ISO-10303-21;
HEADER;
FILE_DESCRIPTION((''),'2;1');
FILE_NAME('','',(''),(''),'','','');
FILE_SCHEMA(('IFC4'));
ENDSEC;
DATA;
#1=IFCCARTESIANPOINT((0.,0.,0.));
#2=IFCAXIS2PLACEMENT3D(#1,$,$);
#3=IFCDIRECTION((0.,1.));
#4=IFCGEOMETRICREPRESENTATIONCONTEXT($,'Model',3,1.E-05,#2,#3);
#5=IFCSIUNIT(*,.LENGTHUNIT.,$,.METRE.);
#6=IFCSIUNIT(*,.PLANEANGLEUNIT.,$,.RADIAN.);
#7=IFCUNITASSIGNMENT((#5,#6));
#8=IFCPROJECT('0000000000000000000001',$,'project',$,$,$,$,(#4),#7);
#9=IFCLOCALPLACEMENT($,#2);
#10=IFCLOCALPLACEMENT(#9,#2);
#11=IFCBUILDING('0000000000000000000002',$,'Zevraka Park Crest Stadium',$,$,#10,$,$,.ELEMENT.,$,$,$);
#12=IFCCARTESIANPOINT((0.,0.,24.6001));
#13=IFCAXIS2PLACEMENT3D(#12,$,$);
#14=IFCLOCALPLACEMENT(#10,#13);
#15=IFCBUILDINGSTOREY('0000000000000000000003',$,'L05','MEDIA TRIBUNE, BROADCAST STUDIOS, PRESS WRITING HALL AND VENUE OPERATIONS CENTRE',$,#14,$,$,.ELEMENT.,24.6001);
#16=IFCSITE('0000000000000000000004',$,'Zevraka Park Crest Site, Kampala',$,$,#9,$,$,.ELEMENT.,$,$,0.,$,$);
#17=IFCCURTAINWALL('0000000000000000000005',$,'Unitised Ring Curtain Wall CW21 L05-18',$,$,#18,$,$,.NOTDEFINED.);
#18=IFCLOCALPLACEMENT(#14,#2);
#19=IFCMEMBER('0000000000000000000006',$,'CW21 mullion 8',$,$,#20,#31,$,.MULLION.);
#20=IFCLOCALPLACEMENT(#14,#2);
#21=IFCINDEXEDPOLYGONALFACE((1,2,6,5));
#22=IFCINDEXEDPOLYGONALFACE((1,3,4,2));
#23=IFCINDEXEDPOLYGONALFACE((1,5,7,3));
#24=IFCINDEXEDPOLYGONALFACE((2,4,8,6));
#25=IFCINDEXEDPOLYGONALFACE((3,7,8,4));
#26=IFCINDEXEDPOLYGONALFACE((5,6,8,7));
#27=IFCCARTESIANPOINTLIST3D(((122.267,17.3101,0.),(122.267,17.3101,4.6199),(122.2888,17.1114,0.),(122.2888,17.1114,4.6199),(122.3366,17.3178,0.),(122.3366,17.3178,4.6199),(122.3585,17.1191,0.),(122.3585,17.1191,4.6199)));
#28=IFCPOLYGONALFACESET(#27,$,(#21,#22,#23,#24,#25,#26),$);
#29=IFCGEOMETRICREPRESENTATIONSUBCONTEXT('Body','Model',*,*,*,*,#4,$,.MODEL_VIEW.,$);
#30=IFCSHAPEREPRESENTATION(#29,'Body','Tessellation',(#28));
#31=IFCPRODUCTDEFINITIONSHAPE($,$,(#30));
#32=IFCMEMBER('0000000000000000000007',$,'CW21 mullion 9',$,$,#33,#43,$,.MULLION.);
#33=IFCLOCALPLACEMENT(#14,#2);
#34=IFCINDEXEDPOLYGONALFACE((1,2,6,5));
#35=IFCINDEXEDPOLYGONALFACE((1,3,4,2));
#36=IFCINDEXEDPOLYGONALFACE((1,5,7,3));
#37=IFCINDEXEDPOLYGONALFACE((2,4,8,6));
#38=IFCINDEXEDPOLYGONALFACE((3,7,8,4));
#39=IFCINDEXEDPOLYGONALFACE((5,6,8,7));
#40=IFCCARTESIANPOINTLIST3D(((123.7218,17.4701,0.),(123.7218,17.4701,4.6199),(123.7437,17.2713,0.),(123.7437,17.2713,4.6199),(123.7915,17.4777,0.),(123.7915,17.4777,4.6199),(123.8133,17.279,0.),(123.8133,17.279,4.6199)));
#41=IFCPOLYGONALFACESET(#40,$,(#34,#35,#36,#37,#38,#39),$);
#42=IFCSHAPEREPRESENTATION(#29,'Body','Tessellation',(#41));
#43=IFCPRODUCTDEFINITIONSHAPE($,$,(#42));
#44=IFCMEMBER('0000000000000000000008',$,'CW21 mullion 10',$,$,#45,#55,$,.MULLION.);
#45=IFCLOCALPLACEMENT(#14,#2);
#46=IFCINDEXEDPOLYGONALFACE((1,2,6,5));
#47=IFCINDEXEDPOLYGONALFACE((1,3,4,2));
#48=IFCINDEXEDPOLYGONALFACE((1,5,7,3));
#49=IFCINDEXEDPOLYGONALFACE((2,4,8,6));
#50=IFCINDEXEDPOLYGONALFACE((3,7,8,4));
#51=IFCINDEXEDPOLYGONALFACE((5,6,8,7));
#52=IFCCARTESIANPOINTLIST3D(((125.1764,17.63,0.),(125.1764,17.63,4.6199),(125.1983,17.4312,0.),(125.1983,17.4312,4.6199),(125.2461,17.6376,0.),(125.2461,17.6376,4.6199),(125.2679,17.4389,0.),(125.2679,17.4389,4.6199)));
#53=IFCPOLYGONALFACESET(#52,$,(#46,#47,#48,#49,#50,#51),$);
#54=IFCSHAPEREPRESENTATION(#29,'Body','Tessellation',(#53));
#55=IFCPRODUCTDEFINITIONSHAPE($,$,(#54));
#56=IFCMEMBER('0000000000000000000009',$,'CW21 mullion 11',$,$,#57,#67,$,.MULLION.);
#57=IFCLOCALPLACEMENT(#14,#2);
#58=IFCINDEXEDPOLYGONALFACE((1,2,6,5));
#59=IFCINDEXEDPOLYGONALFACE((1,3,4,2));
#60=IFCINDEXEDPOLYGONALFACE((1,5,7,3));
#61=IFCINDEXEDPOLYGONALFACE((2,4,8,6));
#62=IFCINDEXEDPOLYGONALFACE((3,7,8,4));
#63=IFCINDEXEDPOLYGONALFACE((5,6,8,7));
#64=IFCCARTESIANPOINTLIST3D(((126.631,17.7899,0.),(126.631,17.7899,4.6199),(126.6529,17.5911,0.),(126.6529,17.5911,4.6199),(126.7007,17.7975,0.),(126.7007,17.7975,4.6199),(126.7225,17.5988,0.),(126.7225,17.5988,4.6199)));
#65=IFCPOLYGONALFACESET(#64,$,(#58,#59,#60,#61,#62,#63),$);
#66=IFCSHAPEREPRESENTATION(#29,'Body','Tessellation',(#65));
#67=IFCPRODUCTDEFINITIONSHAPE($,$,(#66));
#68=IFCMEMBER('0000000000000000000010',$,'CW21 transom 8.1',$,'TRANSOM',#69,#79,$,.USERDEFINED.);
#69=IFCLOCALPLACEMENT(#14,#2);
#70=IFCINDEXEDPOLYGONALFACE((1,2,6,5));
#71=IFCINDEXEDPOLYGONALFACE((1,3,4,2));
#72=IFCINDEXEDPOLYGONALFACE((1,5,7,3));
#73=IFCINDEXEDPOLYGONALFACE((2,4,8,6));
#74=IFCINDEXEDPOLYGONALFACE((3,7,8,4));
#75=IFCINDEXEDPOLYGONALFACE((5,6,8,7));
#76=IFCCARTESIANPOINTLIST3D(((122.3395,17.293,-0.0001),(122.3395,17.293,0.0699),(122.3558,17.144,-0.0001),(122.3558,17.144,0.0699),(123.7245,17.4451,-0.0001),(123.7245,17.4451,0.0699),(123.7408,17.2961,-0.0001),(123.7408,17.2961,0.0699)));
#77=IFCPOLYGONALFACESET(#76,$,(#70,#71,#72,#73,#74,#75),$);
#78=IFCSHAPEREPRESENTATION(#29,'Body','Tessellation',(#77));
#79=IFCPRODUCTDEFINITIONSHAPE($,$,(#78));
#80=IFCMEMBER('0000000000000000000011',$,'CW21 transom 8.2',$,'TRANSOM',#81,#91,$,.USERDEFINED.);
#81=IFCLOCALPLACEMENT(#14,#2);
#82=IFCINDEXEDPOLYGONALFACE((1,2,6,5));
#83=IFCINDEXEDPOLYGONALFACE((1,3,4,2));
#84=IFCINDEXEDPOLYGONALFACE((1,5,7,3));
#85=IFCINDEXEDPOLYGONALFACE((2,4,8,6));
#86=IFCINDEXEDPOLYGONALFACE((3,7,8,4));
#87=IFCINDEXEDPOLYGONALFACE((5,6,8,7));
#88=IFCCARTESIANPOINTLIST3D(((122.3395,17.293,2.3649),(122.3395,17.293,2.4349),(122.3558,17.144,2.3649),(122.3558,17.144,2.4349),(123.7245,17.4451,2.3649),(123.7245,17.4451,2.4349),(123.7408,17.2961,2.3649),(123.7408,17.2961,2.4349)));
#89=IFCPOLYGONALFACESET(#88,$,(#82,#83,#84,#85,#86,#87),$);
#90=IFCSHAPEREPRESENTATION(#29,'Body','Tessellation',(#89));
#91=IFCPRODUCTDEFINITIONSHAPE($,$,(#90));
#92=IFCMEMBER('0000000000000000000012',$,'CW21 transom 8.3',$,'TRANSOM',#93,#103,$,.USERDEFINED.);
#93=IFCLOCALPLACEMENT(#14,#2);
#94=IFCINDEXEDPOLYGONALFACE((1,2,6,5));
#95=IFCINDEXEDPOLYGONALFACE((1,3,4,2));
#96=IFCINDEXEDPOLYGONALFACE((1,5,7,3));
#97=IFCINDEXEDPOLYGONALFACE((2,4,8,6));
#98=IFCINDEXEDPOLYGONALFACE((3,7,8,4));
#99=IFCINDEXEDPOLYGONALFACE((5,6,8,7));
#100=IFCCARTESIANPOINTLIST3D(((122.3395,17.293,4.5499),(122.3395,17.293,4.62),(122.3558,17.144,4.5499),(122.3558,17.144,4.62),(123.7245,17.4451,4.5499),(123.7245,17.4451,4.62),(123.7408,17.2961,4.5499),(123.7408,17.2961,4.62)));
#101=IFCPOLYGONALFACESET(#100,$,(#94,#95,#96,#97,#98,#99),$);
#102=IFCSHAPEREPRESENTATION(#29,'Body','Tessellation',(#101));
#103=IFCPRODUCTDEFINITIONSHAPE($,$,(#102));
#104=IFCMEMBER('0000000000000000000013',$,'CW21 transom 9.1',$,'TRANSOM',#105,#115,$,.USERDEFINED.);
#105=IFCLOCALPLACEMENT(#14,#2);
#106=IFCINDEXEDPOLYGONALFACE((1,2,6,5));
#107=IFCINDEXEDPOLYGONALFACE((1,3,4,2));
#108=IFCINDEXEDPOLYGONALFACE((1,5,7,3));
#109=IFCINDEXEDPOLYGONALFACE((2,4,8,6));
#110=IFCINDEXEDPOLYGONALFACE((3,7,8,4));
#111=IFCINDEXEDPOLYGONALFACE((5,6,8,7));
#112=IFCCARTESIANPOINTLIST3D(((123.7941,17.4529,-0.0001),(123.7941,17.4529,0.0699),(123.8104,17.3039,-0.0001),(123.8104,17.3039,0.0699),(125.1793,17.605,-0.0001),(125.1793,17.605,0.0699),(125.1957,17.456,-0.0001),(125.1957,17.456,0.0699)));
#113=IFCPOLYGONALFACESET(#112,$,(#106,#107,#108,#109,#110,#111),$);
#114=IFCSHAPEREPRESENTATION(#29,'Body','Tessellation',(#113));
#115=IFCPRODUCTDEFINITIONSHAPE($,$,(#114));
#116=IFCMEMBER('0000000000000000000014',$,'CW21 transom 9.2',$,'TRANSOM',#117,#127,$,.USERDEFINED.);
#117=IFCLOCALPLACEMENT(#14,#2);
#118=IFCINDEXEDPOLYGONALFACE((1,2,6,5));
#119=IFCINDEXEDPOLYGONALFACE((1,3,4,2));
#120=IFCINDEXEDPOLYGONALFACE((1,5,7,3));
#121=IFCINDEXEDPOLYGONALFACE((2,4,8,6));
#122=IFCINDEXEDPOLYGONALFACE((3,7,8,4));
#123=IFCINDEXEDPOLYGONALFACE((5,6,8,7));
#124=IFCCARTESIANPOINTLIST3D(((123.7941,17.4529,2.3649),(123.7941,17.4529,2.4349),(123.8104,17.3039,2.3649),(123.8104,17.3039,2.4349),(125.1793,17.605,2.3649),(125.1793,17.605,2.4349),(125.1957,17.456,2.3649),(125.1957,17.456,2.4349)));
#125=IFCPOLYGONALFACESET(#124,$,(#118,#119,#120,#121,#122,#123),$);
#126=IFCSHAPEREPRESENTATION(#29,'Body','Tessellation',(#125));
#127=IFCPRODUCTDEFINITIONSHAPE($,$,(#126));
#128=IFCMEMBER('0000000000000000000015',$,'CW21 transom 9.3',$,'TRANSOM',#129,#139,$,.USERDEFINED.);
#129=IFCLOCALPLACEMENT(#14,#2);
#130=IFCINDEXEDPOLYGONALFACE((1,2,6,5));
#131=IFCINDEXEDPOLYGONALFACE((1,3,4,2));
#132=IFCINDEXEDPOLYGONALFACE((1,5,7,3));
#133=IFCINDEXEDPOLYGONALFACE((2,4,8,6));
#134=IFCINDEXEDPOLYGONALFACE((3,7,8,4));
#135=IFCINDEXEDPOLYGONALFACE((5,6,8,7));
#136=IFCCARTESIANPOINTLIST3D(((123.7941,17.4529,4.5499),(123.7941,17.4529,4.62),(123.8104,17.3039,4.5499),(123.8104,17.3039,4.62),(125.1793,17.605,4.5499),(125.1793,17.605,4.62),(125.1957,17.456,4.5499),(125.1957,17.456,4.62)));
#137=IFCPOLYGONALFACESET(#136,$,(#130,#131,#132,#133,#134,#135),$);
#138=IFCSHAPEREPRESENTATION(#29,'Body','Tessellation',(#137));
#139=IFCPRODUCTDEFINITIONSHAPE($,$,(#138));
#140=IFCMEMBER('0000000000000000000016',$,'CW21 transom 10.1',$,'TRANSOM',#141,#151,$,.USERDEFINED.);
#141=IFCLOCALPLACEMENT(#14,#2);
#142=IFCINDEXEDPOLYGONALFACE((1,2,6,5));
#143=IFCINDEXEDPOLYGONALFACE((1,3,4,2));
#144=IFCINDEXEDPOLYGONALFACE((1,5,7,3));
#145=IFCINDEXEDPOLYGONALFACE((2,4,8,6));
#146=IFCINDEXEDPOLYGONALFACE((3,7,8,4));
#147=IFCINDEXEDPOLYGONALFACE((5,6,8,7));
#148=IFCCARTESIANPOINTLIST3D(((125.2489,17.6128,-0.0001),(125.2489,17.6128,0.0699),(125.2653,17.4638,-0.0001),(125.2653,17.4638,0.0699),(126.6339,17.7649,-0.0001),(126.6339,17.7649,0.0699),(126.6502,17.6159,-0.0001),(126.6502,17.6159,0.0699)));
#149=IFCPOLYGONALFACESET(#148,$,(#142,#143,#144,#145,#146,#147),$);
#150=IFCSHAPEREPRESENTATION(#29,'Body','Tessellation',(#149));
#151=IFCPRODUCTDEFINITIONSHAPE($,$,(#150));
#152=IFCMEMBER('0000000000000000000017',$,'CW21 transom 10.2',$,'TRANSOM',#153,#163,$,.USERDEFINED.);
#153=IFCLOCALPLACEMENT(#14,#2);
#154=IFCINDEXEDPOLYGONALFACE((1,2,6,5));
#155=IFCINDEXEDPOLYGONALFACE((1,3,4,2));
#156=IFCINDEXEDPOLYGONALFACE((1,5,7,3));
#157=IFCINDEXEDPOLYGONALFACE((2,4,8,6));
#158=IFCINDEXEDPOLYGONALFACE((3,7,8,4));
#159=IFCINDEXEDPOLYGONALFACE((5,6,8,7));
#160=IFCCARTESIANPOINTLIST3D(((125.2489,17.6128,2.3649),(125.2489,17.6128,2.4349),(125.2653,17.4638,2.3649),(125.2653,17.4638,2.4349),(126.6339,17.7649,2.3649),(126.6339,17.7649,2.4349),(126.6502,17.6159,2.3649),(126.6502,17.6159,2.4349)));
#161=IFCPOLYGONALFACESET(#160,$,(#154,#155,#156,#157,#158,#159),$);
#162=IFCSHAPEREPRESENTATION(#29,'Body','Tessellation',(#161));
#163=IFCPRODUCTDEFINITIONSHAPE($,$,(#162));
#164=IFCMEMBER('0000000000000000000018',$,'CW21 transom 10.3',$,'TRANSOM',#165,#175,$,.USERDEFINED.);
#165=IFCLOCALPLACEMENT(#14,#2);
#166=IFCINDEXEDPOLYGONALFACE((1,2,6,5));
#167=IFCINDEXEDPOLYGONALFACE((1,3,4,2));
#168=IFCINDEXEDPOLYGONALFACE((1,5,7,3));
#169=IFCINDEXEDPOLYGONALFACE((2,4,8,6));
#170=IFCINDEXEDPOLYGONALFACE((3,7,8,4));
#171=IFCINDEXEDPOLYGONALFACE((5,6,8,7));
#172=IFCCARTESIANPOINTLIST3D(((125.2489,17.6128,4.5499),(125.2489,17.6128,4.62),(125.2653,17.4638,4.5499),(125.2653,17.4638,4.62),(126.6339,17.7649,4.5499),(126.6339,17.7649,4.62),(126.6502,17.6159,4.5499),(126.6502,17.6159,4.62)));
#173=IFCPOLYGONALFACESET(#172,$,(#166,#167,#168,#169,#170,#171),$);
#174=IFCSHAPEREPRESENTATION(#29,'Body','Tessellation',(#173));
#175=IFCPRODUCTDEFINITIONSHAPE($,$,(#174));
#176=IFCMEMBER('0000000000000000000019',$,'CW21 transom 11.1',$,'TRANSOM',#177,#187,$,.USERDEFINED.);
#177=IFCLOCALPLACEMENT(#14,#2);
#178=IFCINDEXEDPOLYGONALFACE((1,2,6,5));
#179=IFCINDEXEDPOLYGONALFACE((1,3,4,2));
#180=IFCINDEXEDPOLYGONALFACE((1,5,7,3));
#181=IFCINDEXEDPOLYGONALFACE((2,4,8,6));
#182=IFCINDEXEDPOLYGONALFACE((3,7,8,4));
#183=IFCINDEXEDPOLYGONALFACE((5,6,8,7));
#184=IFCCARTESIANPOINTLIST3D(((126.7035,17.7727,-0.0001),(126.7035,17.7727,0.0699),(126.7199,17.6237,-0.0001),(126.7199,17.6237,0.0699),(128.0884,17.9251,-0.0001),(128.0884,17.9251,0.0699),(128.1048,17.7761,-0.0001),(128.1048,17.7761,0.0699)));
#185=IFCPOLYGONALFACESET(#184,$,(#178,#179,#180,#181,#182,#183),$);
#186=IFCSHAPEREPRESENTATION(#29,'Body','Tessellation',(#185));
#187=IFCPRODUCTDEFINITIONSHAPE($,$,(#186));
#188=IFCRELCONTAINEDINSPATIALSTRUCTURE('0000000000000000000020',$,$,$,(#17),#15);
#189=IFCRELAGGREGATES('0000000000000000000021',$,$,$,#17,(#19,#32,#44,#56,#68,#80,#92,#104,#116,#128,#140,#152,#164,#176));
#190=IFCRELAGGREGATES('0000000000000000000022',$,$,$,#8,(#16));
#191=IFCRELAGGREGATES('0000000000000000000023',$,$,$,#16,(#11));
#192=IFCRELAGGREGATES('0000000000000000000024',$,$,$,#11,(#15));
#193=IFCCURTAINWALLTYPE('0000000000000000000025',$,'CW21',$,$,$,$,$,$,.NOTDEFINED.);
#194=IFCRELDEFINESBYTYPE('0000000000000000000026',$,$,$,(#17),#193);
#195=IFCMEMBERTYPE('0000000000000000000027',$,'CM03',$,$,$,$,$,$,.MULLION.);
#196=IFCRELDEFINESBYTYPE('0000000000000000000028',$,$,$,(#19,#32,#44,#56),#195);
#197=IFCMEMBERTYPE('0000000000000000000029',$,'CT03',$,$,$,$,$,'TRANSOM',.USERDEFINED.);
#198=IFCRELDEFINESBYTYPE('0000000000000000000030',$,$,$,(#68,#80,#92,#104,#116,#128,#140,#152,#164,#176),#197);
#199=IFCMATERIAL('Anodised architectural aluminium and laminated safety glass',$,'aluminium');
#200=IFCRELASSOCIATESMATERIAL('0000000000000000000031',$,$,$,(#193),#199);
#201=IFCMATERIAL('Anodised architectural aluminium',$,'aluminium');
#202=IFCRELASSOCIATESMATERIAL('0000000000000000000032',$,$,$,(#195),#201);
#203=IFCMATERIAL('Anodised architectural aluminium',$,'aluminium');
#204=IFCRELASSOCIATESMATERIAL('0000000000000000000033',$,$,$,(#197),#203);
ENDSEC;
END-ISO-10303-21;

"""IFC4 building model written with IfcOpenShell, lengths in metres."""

from ifc_helpers import new_model, si_unit, direction, frame, origin, origin_2d, place, context, subcontext, project, spatial, rectangle, extrude, material, material_profile, profile_set, type_object, element, aggregate, save


model = new_model("IFC4")

# Units and contexts
model_context = context("Model", 3, precision=1e-05, world=origin(), true_north=direction((0.0, 1.0)))
body_context = subcontext(model_context, "Body", "Model", "MODEL_VIEW")
ifc_project = project(units=[si_unit("LENGTHUNIT", "METRE"), si_unit("PLANEANGLEUNIT", "RADIAN")], contexts=[model_context])

# Site, building, storey
site_placement = place(None, origin())
site = spatial("IfcSite", under=ifc_project, at=site_placement, Name="Zevraka Park Crest Site, Kampala", CompositionType="ELEMENT", RefElevation=0.0)
building_placement = place(site_placement, origin())
building = spatial("IfcBuilding", under=site, at=building_placement, Name="Zevraka Park Crest Stadium", CompositionType="ELEMENT")
storey_placement = place(building_placement, frame((0.0, 0.0, 24.6001)))
storey = spatial("IfcBuildingStorey", under=building, at=storey_placement, Name="L05", Description="MEDIA TRIBUNE, BROADCAST STUDIOS, PRESS WRITING HALL AND VENUE OPERATIONS CENTRE", CompositionType="ELEMENT", Elevation=24.6001)

# Curtain wall, members
ifc_material_1 = material(Name="Anodised architectural aluminium and laminated safety glass", Category="aluminium")
curtain_wall_type = type_object("IfcCurtainWallType", Name="CW21", PredefinedType="NOTDEFINED", material=ifc_material_1)
curtain_wall_placement = place(storey_placement, origin())
curtain_wall = element("IfcCurtainWall", 1, at=curtain_wall_placement, inside=storey, type_object=curtain_wall_type, Name="Unitised Ring Curtain Wall CW21 L05-18", PredefinedType="NOTDEFINED")
ifc_material_2 = material(Name="Anodised architectural aluminium", Category="aluminium")
ifc_material_profile_1 = material_profile(ifc_material_2, rectangle(XDim=0.2, YDim=0.0701, at=origin_2d()), Name="ALU MULLION 200x70")
ifc_profile_set_1 = profile_set([ifc_material_profile_1], Name="Anodised architectural aluminium")
member_type_1 = type_object("IfcMemberType", Name="CM03", PredefinedType="MULLION", material=ifc_profile_set_1)
member_1_placement = place(storey_placement, frame((122.3127, 17.2146, 0.0), z_axis=(0.0, 0.0, 1.0), x_axis=(-0.109288, 0.99401, 0.0)))
member_1 = element("IfcMember", 2, at=member_1_placement, type_object=member_type_1, Name="CW21 mullion 8", PredefinedType="MULLION", context=body_context, shape_type="SweptSolid", body=[
    extrude(rectangle(XDim=0.2, YDim=0.0701, at=origin_2d()), origin(), (0.0, 0.0, 1.0), 4.6199),
])
member_2_placement = place(storey_placement, frame((123.7676, 17.3745, 0.0), z_axis=(0.0, 0.0, 1.0), x_axis=(-0.109288, 0.99401, 0.0)))
member_2 = element("IfcMember", 3, at=member_2_placement, type_object=member_type_1, Name="CW21 mullion 9", PredefinedType="MULLION", context=body_context, shape_type="SweptSolid", body=[
    extrude(rectangle(XDim=0.2, YDim=0.0701, at=origin_2d()), origin(), (0.0, 0.0, 1.0), 4.6199),
])
member_3_placement = place(storey_placement, frame((125.2222, 17.5344, 0.0), z_axis=(0.0, 0.0, 1.0), x_axis=(-0.109288, 0.99401, 0.0)))
member_3 = element("IfcMember", 4, at=member_3_placement, type_object=member_type_1, Name="CW21 mullion 10", PredefinedType="MULLION", context=body_context, shape_type="SweptSolid", body=[
    extrude(rectangle(XDim=0.2, YDim=0.0701, at=origin_2d()), origin(), (0.0, 0.0, 1.0), 4.6199),
])
member_4_placement = place(storey_placement, frame((126.6768, 17.6943, 0.0), z_axis=(0.0, 0.0, 1.0), x_axis=(-0.109288, 0.99401, 0.0)))
member_4 = element("IfcMember", 5, at=member_4_placement, type_object=member_type_1, Name="CW21 mullion 11", PredefinedType="MULLION", context=body_context, shape_type="SweptSolid", body=[
    extrude(rectangle(XDim=0.2, YDim=0.0701, at=origin_2d()), origin(), (0.0, 0.0, 1.0), 4.6199),
])
ifc_material_3 = material(Name="Anodised architectural aluminium", Category="aluminium")
ifc_material_profile_2 = material_profile(ifc_material_3, rectangle(XDim=0.1499, YDim=0.0701, at=origin_2d()), Name="ALU TRANSOM 150x70")
ifc_profile_set_2 = profile_set([ifc_material_profile_2], Name="Anodised architectural aluminium")
member_type_2 = type_object("IfcMemberType", Name="CT03", ElementType="TRANSOM", PredefinedType="USERDEFINED", material=ifc_profile_set_2)
member_5_placement = place(storey_placement, frame((122.3477, 17.2185, 0.0349), z_axis=(0.994024, 0.109162, 0.0), x_axis=(-0.109162, 0.994024, 0.0)))
member_5 = element("IfcMember", 6, at=member_5_placement, type_object=member_type_2, Name="CW21 transom 8.1", ObjectType="TRANSOM", PredefinedType="USERDEFINED", context=body_context, shape_type="SweptSolid", body=[
    extrude(rectangle(XDim=0.1499, YDim=0.0701, at=origin_2d()), origin(), (0.0, 0.0, 1.0), 1.3933),
])
member_6_placement = place(storey_placement, frame((122.3477, 17.2185, 2.3999), z_axis=(0.994024, 0.109162, 0.0), x_axis=(-0.109162, 0.994024, 0.0)))
member_6 = element("IfcMember", 7, at=member_6_placement, type_object=member_type_2, Name="CW21 transom 8.2", ObjectType="TRANSOM", PredefinedType="USERDEFINED", context=body_context, shape_type="SweptSolid", body=[
    extrude(rectangle(XDim=0.1499, YDim=0.0701, at=origin_2d()), origin(), (0.0, 0.0, 1.0), 1.3933),
])
member_7_placement = place(storey_placement, frame((122.3477, 17.2185, 4.585), z_axis=(0.994024, 0.109162, 0.0), x_axis=(-0.109162, 0.994024, 0.0)))
member_7 = element("IfcMember", 8, at=member_7_placement, type_object=member_type_2, Name="CW21 transom 8.3", ObjectType="TRANSOM", PredefinedType="USERDEFINED", context=body_context, shape_type="SweptSolid", body=[
    extrude(rectangle(XDim=0.1499, YDim=0.0701, at=origin_2d()), origin(), (0.0, 0.0, 1.0), 1.3933),
])
member_8_placement = place(storey_placement, frame((123.8022, 17.3784, 0.0349), z_axis=(0.994026, 0.109143, 0.0), x_axis=(-0.109143, 0.994026, 0.0)))
member_8 = element("IfcMember", 9, at=member_8_placement, type_object=member_type_2, Name="CW21 transom 9.1", ObjectType="TRANSOM", PredefinedType="USERDEFINED", context=body_context, shape_type="SweptSolid", body=[
    extrude(rectangle(XDim=0.1499, YDim=0.0701, at=origin_2d()), origin(), (0.0, 0.0, 1.0), 1.3936),
])
member_9_placement = place(storey_placement, frame((123.8022, 17.3784, 2.3999), z_axis=(0.994026, 0.109143, 0.0), x_axis=(-0.109143, 0.994026, 0.0)))
member_9 = element("IfcMember", 10, at=member_9_placement, type_object=member_type_2, Name="CW21 transom 9.2", ObjectType="TRANSOM", PredefinedType="USERDEFINED", context=body_context, shape_type="SweptSolid", body=[
    extrude(rectangle(XDim=0.1499, YDim=0.0701, at=origin_2d()), origin(), (0.0, 0.0, 1.0), 1.3936),
])
member_10_placement = place(storey_placement, frame((123.8022, 17.3784, 4.585), z_axis=(0.994026, 0.109143, 0.0), x_axis=(-0.109143, 0.994026, 0.0)))
member_10 = element("IfcMember", 11, at=member_10_placement, type_object=member_type_2, Name="CW21 transom 9.3", ObjectType="TRANSOM", PredefinedType="USERDEFINED", context=body_context, shape_type="SweptSolid", body=[
    extrude(rectangle(XDim=0.1499, YDim=0.0701, at=origin_2d()), origin(), (0.0, 0.0, 1.0), 1.3936),
])
member_11_placement = place(storey_placement, frame((125.2571, 17.5383, 0.0349), z_axis=(0.994024, 0.109162, 0.0), x_axis=(-0.109162, 0.994024, 0.0)))
member_11 = element("IfcMember", 12, at=member_11_placement, type_object=member_type_2, Name="CW21 transom 10.1", ObjectType="TRANSOM", PredefinedType="USERDEFINED", context=body_context, shape_type="SweptSolid", body=[
    extrude(rectangle(XDim=0.1499, YDim=0.0701, at=origin_2d()), origin(), (0.0, 0.0, 1.0), 1.3933),
])
member_12_placement = place(storey_placement, frame((125.2571, 17.5383, 2.3999), z_axis=(0.994024, 0.109162, 0.0), x_axis=(-0.109162, 0.994024, 0.0)))
member_12 = element("IfcMember", 13, at=member_12_placement, type_object=member_type_2, Name="CW21 transom 10.2", ObjectType="TRANSOM", PredefinedType="USERDEFINED", context=body_context, shape_type="SweptSolid", body=[
    extrude(rectangle(XDim=0.1499, YDim=0.0701, at=origin_2d()), origin(), (0.0, 0.0, 1.0), 1.3933),
])
member_13_placement = place(storey_placement, frame((125.2571, 17.5383, 4.585), z_axis=(0.994024, 0.109162, 0.0), x_axis=(-0.109162, 0.994024, 0.0)))
member_13 = element("IfcMember", 14, at=member_13_placement, type_object=member_type_2, Name="CW21 transom 10.3", ObjectType="TRANSOM", PredefinedType="USERDEFINED", context=body_context, shape_type="SweptSolid", body=[
    extrude(rectangle(XDim=0.1499, YDim=0.0701, at=origin_2d()), origin(), (0.0, 0.0, 1.0), 1.3933),
])
member_14_placement = place(storey_placement, frame((126.7117, 17.6982, 0.0349), z_axis=(0.994005, 0.109335, 0.0), x_axis=(-0.109335, 0.994005, 0.0)))
member_14 = element("IfcMember", 15, at=member_14_placement, type_object=member_type_2, Name="CW21 transom 11.1", ObjectType="TRANSOM", PredefinedType="USERDEFINED", context=body_context, shape_type="SweptSolid", body=[
    extrude(rectangle(XDim=0.1499, YDim=0.0701, at=origin_2d()), origin(), (0.0, 0.0, 1.0), 1.3933),
])
aggregate(curtain_wall, [member_1, member_2, member_3, member_4, member_5, member_6, member_7, member_8, member_9, member_10, member_11, member_12, member_13, member_14])

save(model, "model.ifc")
